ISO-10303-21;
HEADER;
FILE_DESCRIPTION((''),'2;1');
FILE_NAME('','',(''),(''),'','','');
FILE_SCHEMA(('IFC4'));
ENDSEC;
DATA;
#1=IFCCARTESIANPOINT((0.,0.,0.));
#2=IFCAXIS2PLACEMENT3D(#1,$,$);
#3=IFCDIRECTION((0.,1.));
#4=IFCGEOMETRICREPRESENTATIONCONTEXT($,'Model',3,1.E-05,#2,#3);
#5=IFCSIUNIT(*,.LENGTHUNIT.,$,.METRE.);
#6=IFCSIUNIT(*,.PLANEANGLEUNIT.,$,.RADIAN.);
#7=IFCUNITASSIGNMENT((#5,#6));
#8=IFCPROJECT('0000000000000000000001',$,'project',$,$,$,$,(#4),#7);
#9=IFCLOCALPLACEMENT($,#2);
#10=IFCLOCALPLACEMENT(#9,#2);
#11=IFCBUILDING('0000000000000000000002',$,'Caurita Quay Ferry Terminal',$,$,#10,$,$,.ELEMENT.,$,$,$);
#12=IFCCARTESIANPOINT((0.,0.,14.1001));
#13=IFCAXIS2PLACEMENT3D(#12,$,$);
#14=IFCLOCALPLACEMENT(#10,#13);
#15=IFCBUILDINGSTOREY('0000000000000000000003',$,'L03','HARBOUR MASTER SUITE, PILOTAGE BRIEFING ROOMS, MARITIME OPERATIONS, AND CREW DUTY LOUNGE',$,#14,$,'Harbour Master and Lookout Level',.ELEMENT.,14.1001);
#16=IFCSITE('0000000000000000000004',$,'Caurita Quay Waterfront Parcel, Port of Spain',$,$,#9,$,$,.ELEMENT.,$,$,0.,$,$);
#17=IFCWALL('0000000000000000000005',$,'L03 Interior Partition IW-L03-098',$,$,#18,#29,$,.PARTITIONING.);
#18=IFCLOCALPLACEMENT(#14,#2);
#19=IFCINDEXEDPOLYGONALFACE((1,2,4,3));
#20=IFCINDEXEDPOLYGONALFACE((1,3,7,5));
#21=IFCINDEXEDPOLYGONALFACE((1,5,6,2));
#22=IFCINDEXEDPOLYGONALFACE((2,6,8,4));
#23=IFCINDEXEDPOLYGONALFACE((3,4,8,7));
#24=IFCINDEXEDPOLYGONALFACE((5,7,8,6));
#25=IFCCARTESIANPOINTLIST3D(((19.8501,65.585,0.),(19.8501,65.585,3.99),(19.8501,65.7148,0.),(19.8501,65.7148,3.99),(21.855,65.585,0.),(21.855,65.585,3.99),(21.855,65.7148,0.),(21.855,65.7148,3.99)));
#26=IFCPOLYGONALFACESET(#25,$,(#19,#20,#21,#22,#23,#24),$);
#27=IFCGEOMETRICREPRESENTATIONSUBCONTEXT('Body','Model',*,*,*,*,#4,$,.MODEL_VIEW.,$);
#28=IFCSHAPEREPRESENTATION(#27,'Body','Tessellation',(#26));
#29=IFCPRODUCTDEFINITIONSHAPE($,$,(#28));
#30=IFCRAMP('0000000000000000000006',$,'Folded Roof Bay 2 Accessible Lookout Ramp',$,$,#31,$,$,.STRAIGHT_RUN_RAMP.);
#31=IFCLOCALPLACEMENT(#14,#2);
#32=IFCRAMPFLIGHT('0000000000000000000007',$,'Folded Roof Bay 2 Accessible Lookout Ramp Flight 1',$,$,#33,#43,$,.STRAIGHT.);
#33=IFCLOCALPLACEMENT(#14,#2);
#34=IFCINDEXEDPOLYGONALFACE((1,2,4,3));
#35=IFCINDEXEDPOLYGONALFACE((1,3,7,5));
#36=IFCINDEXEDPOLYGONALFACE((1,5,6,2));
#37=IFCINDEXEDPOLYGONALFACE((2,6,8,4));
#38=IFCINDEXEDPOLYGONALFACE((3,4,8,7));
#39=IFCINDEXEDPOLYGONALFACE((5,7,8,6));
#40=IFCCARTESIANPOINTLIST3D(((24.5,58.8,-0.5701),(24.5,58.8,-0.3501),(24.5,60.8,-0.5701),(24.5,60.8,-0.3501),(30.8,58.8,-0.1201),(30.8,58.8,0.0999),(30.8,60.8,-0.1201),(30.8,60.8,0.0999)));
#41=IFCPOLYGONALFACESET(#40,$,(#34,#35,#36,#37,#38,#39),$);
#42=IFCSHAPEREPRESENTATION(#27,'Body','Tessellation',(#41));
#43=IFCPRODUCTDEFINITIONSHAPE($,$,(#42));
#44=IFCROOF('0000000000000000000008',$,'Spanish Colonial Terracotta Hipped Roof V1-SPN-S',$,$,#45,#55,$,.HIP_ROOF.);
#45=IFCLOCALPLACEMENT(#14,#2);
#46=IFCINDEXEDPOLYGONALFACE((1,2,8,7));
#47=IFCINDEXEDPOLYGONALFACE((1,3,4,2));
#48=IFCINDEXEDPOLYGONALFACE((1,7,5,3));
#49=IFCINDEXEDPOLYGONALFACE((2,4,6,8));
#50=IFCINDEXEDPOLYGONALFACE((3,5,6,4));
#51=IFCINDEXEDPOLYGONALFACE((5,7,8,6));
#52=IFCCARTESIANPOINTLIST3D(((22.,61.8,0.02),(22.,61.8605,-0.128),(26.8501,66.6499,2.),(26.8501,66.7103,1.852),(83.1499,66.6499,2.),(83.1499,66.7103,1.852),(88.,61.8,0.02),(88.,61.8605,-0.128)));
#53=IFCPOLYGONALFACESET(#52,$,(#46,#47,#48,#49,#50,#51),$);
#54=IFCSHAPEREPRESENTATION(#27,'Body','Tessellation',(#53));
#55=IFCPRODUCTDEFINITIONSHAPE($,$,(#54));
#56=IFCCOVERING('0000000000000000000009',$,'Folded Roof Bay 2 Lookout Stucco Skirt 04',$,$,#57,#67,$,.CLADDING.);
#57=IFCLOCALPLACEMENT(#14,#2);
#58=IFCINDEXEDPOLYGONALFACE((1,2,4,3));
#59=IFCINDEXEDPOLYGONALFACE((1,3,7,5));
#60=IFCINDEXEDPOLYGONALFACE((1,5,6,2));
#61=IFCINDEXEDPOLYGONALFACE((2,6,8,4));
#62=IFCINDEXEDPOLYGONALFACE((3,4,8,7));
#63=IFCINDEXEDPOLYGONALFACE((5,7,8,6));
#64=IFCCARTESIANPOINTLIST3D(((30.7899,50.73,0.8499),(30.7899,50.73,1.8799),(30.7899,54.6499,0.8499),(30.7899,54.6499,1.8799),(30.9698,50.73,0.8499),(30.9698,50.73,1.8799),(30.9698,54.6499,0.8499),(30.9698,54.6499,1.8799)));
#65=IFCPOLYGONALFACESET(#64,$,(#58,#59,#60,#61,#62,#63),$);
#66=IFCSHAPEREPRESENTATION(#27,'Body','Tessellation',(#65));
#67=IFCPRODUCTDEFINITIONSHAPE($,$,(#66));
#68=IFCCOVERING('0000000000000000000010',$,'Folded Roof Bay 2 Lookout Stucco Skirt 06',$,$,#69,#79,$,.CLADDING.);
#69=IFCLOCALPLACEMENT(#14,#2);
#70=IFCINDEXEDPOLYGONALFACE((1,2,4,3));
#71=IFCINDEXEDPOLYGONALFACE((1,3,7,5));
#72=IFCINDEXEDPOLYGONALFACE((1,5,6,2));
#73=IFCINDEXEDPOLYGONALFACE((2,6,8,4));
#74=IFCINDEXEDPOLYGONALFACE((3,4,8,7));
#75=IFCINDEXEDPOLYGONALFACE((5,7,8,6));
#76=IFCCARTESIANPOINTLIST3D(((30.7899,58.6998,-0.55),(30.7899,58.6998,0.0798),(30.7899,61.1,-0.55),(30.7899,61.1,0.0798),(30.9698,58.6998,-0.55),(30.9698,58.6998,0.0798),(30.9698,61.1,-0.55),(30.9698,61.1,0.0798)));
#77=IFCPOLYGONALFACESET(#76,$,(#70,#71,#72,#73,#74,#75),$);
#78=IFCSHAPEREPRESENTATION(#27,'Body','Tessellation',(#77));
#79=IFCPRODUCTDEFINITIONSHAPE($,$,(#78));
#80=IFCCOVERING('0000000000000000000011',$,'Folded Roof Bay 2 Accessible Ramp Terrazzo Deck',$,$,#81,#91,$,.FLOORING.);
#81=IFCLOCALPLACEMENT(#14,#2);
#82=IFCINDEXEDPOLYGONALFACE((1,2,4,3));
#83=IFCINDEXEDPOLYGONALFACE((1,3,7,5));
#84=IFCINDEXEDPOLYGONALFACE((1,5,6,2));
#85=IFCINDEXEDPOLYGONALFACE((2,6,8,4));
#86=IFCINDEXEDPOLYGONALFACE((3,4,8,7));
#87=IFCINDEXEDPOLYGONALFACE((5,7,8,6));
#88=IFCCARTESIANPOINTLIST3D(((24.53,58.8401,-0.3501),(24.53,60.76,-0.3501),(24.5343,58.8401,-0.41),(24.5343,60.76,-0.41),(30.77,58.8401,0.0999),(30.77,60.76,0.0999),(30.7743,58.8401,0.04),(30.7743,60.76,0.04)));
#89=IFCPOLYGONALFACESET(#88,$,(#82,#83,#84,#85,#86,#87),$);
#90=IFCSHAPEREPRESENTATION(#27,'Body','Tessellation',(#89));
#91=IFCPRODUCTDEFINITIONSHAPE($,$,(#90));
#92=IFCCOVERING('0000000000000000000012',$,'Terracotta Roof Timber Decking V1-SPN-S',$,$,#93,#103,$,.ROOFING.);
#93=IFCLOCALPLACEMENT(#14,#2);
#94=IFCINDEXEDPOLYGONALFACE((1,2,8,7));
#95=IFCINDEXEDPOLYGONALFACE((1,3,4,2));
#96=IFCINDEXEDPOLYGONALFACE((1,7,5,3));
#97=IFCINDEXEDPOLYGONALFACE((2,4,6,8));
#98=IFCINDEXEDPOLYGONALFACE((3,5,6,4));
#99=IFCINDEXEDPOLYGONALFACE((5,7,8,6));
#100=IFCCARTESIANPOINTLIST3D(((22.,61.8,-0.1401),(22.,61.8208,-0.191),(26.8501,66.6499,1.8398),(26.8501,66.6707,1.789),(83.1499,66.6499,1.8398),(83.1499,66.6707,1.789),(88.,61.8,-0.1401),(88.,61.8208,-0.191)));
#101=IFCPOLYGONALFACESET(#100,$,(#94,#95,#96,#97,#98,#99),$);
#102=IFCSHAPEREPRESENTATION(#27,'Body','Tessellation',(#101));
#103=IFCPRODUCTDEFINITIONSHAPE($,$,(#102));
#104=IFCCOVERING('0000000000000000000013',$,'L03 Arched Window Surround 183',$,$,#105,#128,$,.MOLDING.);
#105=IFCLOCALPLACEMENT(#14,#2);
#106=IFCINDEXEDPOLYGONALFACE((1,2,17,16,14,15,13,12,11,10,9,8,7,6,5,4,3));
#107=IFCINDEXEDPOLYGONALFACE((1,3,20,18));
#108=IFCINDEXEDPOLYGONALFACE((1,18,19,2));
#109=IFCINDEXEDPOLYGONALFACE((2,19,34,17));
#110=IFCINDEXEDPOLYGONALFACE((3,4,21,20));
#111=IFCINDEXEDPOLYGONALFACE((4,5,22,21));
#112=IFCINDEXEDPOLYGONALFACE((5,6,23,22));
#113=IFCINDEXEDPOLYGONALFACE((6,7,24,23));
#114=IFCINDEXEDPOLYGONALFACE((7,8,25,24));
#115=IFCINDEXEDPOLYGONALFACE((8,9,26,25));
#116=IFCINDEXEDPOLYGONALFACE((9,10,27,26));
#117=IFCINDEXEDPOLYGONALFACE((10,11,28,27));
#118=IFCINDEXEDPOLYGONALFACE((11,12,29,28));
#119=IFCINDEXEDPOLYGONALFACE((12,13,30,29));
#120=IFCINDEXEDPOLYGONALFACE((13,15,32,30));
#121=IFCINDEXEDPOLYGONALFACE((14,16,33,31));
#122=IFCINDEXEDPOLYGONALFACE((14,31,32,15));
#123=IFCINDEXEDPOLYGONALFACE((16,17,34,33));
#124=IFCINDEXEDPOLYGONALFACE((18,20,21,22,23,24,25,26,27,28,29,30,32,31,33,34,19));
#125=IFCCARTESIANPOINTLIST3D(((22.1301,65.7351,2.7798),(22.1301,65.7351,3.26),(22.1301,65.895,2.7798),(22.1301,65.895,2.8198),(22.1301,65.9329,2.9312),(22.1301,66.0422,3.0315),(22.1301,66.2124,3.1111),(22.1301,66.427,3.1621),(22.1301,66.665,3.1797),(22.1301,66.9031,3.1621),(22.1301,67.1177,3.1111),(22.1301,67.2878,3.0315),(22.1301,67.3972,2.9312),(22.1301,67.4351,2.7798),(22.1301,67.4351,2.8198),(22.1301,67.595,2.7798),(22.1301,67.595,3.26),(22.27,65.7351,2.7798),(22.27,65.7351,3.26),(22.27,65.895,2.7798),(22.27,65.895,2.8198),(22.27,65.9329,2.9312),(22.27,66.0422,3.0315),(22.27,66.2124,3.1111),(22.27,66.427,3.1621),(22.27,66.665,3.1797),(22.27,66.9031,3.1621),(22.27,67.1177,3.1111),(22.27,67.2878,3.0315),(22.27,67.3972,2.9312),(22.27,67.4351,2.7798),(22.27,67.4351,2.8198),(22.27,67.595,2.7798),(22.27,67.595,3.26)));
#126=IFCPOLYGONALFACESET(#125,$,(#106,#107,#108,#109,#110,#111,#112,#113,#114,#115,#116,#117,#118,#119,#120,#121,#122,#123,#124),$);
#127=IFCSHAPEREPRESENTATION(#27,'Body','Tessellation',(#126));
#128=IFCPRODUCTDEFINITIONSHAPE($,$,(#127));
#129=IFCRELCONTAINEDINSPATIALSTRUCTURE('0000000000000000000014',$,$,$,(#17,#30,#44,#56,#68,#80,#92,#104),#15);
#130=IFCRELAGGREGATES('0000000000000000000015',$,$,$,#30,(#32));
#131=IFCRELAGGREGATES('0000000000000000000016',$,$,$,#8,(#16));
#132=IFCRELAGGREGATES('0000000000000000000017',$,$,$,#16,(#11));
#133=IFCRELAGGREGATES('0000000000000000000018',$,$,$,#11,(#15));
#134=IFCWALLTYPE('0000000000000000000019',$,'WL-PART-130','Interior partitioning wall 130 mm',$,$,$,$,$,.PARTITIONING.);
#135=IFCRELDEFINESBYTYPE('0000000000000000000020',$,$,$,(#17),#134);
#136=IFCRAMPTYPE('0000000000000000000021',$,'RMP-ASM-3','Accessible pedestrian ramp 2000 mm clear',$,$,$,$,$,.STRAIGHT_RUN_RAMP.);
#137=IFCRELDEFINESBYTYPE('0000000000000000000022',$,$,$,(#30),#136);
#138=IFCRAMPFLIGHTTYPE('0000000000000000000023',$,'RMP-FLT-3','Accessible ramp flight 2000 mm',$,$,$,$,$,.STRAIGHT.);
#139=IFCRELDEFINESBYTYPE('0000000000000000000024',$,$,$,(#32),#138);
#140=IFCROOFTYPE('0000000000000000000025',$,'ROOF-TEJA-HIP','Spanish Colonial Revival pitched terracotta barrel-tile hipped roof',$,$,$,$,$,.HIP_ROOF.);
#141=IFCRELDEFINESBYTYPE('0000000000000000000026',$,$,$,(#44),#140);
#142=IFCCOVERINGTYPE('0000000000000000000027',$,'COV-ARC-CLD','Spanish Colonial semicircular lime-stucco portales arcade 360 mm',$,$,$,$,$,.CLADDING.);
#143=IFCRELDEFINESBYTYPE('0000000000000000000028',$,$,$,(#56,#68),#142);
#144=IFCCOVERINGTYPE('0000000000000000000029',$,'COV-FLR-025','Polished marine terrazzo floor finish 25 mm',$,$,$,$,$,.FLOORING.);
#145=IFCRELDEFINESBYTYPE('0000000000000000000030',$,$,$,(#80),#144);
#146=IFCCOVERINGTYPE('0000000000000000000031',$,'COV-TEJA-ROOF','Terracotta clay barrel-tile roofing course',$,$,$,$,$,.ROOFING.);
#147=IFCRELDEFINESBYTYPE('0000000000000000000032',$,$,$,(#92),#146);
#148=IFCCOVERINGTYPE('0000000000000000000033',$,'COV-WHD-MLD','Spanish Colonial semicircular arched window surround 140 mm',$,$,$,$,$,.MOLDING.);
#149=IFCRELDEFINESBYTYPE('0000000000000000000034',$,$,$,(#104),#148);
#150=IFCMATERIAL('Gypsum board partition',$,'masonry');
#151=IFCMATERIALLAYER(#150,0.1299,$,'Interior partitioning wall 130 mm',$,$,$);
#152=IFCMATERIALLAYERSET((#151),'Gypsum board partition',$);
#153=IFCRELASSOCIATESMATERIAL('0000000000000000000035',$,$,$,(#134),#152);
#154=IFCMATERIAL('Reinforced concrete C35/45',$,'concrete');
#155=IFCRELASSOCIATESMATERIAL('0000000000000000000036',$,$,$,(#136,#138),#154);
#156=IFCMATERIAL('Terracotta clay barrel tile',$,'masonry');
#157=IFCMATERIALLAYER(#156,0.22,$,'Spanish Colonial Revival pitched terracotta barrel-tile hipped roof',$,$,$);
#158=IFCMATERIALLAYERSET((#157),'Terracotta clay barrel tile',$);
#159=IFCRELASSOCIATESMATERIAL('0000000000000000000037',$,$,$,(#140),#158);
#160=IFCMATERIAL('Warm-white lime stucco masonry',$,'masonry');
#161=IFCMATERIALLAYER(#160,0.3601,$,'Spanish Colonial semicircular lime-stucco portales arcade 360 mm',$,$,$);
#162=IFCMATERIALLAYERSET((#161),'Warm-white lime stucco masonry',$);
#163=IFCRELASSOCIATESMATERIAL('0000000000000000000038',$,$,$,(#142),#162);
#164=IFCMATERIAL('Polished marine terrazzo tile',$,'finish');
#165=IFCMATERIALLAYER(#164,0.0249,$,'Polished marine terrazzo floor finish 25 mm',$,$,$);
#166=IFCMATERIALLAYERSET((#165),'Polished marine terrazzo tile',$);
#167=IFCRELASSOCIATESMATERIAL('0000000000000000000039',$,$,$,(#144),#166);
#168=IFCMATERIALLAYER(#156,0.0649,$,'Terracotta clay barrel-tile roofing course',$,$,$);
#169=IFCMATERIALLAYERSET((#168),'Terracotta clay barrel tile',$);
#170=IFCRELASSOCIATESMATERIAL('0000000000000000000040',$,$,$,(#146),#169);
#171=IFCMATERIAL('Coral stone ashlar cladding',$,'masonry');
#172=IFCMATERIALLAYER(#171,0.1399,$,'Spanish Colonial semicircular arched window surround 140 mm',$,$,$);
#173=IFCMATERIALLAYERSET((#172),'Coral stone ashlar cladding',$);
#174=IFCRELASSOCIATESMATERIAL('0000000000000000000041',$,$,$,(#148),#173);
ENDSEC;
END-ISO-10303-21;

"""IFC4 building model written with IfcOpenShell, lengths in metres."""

from ifc_helpers import new_model, si_unit, direction, frame, frame_2d, origin, place, context, subcontext, project, spatial, polyline, rectangle, outline, extrude, material, layer, layer_set, type_object, element, aggregate, save


model = new_model("IFC4")

# Units and contexts
model_context = context("Model", 3, precision=1e-05, world=origin(), true_north=direction((0.0, 1.0)))
body_context = subcontext(model_context, "Body", "Model", "MODEL_VIEW")
ifc_project = project(units=[si_unit("LENGTHUNIT", "METRE"), si_unit("PLANEANGLEUNIT", "RADIAN")], contexts=[model_context])

# Site, building, storey
site_placement = place(None, origin())
site = spatial("IfcSite", under=ifc_project, at=site_placement, Name="Caurita Quay Waterfront Parcel, Port of Spain", CompositionType="ELEMENT", RefElevation=0.0)
building_placement = place(site_placement, origin())
building = spatial("IfcBuilding", under=site, at=building_placement, Name="Caurita Quay Ferry Terminal", CompositionType="ELEMENT")
storey_placement = place(building_placement, frame((0.0, 0.0, 14.1001)))
storey = spatial("IfcBuildingStorey", under=building, at=storey_placement, Name="L03", Description="HARBOUR MASTER SUITE, PILOTAGE BRIEFING ROOMS, MARITIME OPERATIONS, AND CREW DUTY LOUNGE", LongName="Harbour Master and Lookout Level", CompositionType="ELEMENT", Elevation=14.1001)

# Shared definitions
ifc_material_1 = material(Name="Reinforced concrete C35/45", Category="concrete")

# Shared definitions
ifc_material_2 = material(Name="Warm-white lime stucco masonry", Category="masonry")

# Wall
ifc_material_3 = material(Name="Gypsum board partition", Category="masonry")
ifc_layer_1 = layer(ifc_material_3, 0.1299, Name="Interior partitioning wall 130 mm")
ifc_layer_set_1 = layer_set([ifc_layer_1], Name="Gypsum board partition")
wall_type_1 = type_object("IfcWallType", Name="WL-PART-130", Description="Interior partitioning wall 130 mm", PredefinedType="PARTITIONING", material=ifc_layer_set_1)
wall_1_placement = place(storey_placement, frame((19.8501, 65.6499, 0.0), z_axis=(0.0, 0.0, 1.0), x_axis=(1.0, 0.0, 0.0)))
element("IfcWall", 1, at=wall_1_placement, inside=storey, type_object=wall_type_1, Name="L03 Interior Partition IW-L03-098", PredefinedType="PARTITIONING", context=body_context, shape_type="SweptSolid", body=[
    extrude(rectangle(XDim=2.0049, YDim=0.1299, at=frame_2d((1.0024, 0.0))), origin(), (0.0, 0.0, 1.0), 3.99),
])

# Ramp, ramp flight
ramp_type = type_object("IfcRampType", Name="RMP-ASM-3", Description="Accessible pedestrian ramp 2000 mm clear", PredefinedType="STRAIGHT_RUN_RAMP", material=ifc_material_1)
ramp_placement = place(storey_placement, origin())
ramp = element("IfcRamp", 2, at=ramp_placement, inside=storey, type_object=ramp_type, Name="Folded Roof Bay 2 Accessible Lookout Ramp", PredefinedType="STRAIGHT_RUN_RAMP")
ramp_flight_type = type_object("IfcRampFlightType", Name="RMP-FLT-3", Description="Accessible ramp flight 2000 mm", PredefinedType="STRAIGHT", material=ifc_material_1)
ramp_flight_placement = place(storey_placement, frame((24.5, 59.8, -0.3501), z_axis=(0.0, 0.0, 1.0), x_axis=(1.0, 0.0, 0.0)))
ramp_flight = element("IfcRampFlight", 3, at=ramp_flight_placement, type_object=ramp_flight_type, Name="Folded Roof Bay 2 Accessible Lookout Ramp Flight 1", PredefinedType="STRAIGHT", context=body_context, shape_type="SweptSolid", body=[
    extrude(outline(polyline([(0.0, 0.0), (0.0, -0.22), (6.3, 0.23), (6.3, 0.45), (0.0, 0.0)])), frame((0.0, 1.0, 0.0), z_axis=(0.0, -1.0, 0.0), x_axis=(1.0, 0.0, 0.0)), (0.0, 0.0, 1.0), 2.0),
])
aggregate(ramp, [ramp_flight])

# Roof
ifc_material_4 = material(Name="Terracotta clay barrel tile", Category="masonry")
ifc_layer_2 = layer(ifc_material_4, 0.22, Name="Spanish Colonial Revival pitched terracotta barrel-tile hipped roof")
ifc_layer_set_2 = layer_set([ifc_layer_2], Name="Terracotta clay barrel tile")
roof_type = type_object("IfcRoofType", Name="ROOF-TEJA-HIP", Description="Spanish Colonial Revival pitched terracotta barrel-tile hipped roof", PredefinedType="HIP_ROOF", material=ifc_layer_set_2)
roof_placement = place(storey_placement, frame((22.0, 61.8, 0.02), z_axis=(0.0, -0.37797, 0.925818), x_axis=(1.0, 0.0, 0.0)))
element("IfcRoof", 4, at=roof_placement, inside=storey, type_object=roof_type, Name="Spanish Colonial Terracotta Hipped Roof V1-SPN-S", PredefinedType="HIP_ROOF", context=body_context, shape_type="SweptSolid", body=[
    extrude(outline(polyline([(0.0, 0.0), (66.0, 0.0), (61.1499, 5.2385), (4.8501, 5.2385), (0.0, 0.0)])), origin(), (0.0, 0.0, -1.0), 0.1599),
])

# Coverings
ifc_layer_3 = layer(ifc_material_2, 0.3601, Name="Spanish Colonial semicircular lime-stucco portales arcade 360 mm")
ifc_layer_set_3 = layer_set([ifc_layer_3], Name="Warm-white lime stucco masonry")
covering_type_1 = type_object("IfcCoveringType", Name="COV-ARC-CLD", Description="Spanish Colonial semicircular lime-stucco portales arcade 360 mm", PredefinedType="CLADDING", material=ifc_layer_set_3)
covering_1_placement = place(storey_placement, frame((30.8799, 54.6499, 0.8499), z_axis=(0.0, 0.0, 1.0), x_axis=(0.0, -1.0, 0.0)))
element("IfcCovering", 5, at=covering_1_placement, inside=storey, type_object=covering_type_1, Name="Folded Roof Bay 2 Lookout Stucco Skirt 04", PredefinedType="CLADDING", context=body_context, shape_type="SweptSolid", body=[
    extrude(rectangle(XDim=3.9199, YDim=0.1799, at=frame_2d((1.96, 0.0))), origin(), (0.0, 0.0, 1.0), 1.03),
])
covering_2_placement = place(storey_placement, frame((30.8799, 61.1001, -0.55), z_axis=(0.0, 0.0, 1.0), x_axis=(0.0, -1.0, 0.0)))
element("IfcCovering", 6, at=covering_2_placement, inside=storey, type_object=covering_type_1, Name="Folded Roof Bay 2 Lookout Stucco Skirt 06", PredefinedType="CLADDING", context=body_context, shape_type="SweptSolid", body=[
    extrude(rectangle(XDim=2.4001, YDim=0.1799, at=frame_2d((1.2002, 0.0))), origin(), (0.0, 0.0, 1.0), 0.6299),
])
ifc_material_5 = material(Name="Polished marine terrazzo tile", Category="finish")
ifc_layer_4 = layer(ifc_material_5, 0.0249, Name="Polished marine terrazzo floor finish 25 mm")
ifc_layer_set_4 = layer_set([ifc_layer_4], Name="Polished marine terrazzo tile")
covering_type_2 = type_object("IfcCoveringType", Name="COV-FLR-025", Description="Polished marine terrazzo floor finish 25 mm", PredefinedType="FLOORING", material=ifc_layer_set_4)
covering_3_placement = place(storey_placement, frame((24.53, 58.8401, -0.3501), z_axis=(-0.071921, 0.0, 0.99741), x_axis=(0.99741, 0.0, 0.071921)))
element("IfcCovering", 7, at=covering_3_placement, inside=storey, type_object=covering_type_2, Name="Folded Roof Bay 2 Accessible Ramp Terrazzo Deck", PredefinedType="FLOORING", context=body_context, shape_type="SweptSolid", body=[
    extrude(outline(polyline([(0.0, 0.0), (6.2562, 0.0), (6.2562, 1.9199), (0.0, 1.9199), (0.0, 0.0)])), origin(), (0.0, 0.0, -1.0), 0.0601),
])
ifc_layer_5 = layer(ifc_material_4, 0.0649, Name="Terracotta clay barrel-tile roofing course")
ifc_layer_set_5 = layer_set([ifc_layer_5], Name="Terracotta clay barrel tile")
covering_type_3 = type_object("IfcCoveringType", Name="COV-TEJA-ROOF", Description="Terracotta clay barrel-tile roofing course", PredefinedType="ROOFING", material=ifc_layer_set_5)
covering_4_placement = place(storey_placement, frame((22.0, 61.8, -0.1401), z_axis=(0.0, -0.37797, 0.925818), x_axis=(1.0, 0.0, 0.0)))
element("IfcCovering", 8, at=covering_4_placement, inside=storey, type_object=covering_type_3, Name="Terracotta Roof Timber Decking V1-SPN-S", PredefinedType="ROOFING", context=body_context, shape_type="SweptSolid", body=[
    extrude(outline(polyline([(0.0, 0.0), (66.0, 0.0), (61.1499, 5.2385), (4.8501, 5.2385), (0.0, 0.0)])), origin(), (0.0, 0.0, -1.0), 0.0549),
])
ifc_material_6 = material(Name="Coral stone ashlar cladding", Category="masonry")
ifc_layer_6 = layer(ifc_material_6, 0.1399, Name="Spanish Colonial semicircular arched window surround 140 mm")
ifc_layer_set_6 = layer_set([ifc_layer_6], Name="Coral stone ashlar cladding")
covering_type_4 = type_object("IfcCoveringType", Name="COV-WHD-MLD", Description="Spanish Colonial semicircular arched window surround 140 mm", PredefinedType="MOLDING", material=ifc_layer_set_6)
covering_5_placement = place(storey_placement, frame((22.2, 65.7351, 2.7798), z_axis=(0.0, 0.0, 1.0), x_axis=(0.0, 1.0, 0.0)))
element("IfcCovering", 9, at=covering_5_placement, inside=storey, type_object=covering_type_4, Name="L03 Arched Window Surround 183", PredefinedType="MOLDING", context=body_context, shape_type="SweptSolid", body=[
    extrude(outline(polyline([(0.0, 0.0), (0.1599, 0.0), (0.1599, 0.04), (0.1978, 0.1514), (0.3071, 0.2517), (0.4773, 0.3313), (0.6919, 0.3823), (0.9299, 0.3999), (1.168, 0.3823), (1.3826, 0.3313), (1.5527, 0.2517), (1.6621, 0.1514), (1.7, 0.04), (1.7, 0.0), (1.8599, 0.0), (1.8599, 0.4802), (0.0, 0.4802), (0.0, 0.0)])), frame((0.0, 0.0698, 0.0), z_axis=(0.0, -1.0, 0.0), x_axis=(1.0, 0.0, 0.0)), (0.0, 0.0, 1.0), 0.1399),
])

save(model, "model.ifc")
